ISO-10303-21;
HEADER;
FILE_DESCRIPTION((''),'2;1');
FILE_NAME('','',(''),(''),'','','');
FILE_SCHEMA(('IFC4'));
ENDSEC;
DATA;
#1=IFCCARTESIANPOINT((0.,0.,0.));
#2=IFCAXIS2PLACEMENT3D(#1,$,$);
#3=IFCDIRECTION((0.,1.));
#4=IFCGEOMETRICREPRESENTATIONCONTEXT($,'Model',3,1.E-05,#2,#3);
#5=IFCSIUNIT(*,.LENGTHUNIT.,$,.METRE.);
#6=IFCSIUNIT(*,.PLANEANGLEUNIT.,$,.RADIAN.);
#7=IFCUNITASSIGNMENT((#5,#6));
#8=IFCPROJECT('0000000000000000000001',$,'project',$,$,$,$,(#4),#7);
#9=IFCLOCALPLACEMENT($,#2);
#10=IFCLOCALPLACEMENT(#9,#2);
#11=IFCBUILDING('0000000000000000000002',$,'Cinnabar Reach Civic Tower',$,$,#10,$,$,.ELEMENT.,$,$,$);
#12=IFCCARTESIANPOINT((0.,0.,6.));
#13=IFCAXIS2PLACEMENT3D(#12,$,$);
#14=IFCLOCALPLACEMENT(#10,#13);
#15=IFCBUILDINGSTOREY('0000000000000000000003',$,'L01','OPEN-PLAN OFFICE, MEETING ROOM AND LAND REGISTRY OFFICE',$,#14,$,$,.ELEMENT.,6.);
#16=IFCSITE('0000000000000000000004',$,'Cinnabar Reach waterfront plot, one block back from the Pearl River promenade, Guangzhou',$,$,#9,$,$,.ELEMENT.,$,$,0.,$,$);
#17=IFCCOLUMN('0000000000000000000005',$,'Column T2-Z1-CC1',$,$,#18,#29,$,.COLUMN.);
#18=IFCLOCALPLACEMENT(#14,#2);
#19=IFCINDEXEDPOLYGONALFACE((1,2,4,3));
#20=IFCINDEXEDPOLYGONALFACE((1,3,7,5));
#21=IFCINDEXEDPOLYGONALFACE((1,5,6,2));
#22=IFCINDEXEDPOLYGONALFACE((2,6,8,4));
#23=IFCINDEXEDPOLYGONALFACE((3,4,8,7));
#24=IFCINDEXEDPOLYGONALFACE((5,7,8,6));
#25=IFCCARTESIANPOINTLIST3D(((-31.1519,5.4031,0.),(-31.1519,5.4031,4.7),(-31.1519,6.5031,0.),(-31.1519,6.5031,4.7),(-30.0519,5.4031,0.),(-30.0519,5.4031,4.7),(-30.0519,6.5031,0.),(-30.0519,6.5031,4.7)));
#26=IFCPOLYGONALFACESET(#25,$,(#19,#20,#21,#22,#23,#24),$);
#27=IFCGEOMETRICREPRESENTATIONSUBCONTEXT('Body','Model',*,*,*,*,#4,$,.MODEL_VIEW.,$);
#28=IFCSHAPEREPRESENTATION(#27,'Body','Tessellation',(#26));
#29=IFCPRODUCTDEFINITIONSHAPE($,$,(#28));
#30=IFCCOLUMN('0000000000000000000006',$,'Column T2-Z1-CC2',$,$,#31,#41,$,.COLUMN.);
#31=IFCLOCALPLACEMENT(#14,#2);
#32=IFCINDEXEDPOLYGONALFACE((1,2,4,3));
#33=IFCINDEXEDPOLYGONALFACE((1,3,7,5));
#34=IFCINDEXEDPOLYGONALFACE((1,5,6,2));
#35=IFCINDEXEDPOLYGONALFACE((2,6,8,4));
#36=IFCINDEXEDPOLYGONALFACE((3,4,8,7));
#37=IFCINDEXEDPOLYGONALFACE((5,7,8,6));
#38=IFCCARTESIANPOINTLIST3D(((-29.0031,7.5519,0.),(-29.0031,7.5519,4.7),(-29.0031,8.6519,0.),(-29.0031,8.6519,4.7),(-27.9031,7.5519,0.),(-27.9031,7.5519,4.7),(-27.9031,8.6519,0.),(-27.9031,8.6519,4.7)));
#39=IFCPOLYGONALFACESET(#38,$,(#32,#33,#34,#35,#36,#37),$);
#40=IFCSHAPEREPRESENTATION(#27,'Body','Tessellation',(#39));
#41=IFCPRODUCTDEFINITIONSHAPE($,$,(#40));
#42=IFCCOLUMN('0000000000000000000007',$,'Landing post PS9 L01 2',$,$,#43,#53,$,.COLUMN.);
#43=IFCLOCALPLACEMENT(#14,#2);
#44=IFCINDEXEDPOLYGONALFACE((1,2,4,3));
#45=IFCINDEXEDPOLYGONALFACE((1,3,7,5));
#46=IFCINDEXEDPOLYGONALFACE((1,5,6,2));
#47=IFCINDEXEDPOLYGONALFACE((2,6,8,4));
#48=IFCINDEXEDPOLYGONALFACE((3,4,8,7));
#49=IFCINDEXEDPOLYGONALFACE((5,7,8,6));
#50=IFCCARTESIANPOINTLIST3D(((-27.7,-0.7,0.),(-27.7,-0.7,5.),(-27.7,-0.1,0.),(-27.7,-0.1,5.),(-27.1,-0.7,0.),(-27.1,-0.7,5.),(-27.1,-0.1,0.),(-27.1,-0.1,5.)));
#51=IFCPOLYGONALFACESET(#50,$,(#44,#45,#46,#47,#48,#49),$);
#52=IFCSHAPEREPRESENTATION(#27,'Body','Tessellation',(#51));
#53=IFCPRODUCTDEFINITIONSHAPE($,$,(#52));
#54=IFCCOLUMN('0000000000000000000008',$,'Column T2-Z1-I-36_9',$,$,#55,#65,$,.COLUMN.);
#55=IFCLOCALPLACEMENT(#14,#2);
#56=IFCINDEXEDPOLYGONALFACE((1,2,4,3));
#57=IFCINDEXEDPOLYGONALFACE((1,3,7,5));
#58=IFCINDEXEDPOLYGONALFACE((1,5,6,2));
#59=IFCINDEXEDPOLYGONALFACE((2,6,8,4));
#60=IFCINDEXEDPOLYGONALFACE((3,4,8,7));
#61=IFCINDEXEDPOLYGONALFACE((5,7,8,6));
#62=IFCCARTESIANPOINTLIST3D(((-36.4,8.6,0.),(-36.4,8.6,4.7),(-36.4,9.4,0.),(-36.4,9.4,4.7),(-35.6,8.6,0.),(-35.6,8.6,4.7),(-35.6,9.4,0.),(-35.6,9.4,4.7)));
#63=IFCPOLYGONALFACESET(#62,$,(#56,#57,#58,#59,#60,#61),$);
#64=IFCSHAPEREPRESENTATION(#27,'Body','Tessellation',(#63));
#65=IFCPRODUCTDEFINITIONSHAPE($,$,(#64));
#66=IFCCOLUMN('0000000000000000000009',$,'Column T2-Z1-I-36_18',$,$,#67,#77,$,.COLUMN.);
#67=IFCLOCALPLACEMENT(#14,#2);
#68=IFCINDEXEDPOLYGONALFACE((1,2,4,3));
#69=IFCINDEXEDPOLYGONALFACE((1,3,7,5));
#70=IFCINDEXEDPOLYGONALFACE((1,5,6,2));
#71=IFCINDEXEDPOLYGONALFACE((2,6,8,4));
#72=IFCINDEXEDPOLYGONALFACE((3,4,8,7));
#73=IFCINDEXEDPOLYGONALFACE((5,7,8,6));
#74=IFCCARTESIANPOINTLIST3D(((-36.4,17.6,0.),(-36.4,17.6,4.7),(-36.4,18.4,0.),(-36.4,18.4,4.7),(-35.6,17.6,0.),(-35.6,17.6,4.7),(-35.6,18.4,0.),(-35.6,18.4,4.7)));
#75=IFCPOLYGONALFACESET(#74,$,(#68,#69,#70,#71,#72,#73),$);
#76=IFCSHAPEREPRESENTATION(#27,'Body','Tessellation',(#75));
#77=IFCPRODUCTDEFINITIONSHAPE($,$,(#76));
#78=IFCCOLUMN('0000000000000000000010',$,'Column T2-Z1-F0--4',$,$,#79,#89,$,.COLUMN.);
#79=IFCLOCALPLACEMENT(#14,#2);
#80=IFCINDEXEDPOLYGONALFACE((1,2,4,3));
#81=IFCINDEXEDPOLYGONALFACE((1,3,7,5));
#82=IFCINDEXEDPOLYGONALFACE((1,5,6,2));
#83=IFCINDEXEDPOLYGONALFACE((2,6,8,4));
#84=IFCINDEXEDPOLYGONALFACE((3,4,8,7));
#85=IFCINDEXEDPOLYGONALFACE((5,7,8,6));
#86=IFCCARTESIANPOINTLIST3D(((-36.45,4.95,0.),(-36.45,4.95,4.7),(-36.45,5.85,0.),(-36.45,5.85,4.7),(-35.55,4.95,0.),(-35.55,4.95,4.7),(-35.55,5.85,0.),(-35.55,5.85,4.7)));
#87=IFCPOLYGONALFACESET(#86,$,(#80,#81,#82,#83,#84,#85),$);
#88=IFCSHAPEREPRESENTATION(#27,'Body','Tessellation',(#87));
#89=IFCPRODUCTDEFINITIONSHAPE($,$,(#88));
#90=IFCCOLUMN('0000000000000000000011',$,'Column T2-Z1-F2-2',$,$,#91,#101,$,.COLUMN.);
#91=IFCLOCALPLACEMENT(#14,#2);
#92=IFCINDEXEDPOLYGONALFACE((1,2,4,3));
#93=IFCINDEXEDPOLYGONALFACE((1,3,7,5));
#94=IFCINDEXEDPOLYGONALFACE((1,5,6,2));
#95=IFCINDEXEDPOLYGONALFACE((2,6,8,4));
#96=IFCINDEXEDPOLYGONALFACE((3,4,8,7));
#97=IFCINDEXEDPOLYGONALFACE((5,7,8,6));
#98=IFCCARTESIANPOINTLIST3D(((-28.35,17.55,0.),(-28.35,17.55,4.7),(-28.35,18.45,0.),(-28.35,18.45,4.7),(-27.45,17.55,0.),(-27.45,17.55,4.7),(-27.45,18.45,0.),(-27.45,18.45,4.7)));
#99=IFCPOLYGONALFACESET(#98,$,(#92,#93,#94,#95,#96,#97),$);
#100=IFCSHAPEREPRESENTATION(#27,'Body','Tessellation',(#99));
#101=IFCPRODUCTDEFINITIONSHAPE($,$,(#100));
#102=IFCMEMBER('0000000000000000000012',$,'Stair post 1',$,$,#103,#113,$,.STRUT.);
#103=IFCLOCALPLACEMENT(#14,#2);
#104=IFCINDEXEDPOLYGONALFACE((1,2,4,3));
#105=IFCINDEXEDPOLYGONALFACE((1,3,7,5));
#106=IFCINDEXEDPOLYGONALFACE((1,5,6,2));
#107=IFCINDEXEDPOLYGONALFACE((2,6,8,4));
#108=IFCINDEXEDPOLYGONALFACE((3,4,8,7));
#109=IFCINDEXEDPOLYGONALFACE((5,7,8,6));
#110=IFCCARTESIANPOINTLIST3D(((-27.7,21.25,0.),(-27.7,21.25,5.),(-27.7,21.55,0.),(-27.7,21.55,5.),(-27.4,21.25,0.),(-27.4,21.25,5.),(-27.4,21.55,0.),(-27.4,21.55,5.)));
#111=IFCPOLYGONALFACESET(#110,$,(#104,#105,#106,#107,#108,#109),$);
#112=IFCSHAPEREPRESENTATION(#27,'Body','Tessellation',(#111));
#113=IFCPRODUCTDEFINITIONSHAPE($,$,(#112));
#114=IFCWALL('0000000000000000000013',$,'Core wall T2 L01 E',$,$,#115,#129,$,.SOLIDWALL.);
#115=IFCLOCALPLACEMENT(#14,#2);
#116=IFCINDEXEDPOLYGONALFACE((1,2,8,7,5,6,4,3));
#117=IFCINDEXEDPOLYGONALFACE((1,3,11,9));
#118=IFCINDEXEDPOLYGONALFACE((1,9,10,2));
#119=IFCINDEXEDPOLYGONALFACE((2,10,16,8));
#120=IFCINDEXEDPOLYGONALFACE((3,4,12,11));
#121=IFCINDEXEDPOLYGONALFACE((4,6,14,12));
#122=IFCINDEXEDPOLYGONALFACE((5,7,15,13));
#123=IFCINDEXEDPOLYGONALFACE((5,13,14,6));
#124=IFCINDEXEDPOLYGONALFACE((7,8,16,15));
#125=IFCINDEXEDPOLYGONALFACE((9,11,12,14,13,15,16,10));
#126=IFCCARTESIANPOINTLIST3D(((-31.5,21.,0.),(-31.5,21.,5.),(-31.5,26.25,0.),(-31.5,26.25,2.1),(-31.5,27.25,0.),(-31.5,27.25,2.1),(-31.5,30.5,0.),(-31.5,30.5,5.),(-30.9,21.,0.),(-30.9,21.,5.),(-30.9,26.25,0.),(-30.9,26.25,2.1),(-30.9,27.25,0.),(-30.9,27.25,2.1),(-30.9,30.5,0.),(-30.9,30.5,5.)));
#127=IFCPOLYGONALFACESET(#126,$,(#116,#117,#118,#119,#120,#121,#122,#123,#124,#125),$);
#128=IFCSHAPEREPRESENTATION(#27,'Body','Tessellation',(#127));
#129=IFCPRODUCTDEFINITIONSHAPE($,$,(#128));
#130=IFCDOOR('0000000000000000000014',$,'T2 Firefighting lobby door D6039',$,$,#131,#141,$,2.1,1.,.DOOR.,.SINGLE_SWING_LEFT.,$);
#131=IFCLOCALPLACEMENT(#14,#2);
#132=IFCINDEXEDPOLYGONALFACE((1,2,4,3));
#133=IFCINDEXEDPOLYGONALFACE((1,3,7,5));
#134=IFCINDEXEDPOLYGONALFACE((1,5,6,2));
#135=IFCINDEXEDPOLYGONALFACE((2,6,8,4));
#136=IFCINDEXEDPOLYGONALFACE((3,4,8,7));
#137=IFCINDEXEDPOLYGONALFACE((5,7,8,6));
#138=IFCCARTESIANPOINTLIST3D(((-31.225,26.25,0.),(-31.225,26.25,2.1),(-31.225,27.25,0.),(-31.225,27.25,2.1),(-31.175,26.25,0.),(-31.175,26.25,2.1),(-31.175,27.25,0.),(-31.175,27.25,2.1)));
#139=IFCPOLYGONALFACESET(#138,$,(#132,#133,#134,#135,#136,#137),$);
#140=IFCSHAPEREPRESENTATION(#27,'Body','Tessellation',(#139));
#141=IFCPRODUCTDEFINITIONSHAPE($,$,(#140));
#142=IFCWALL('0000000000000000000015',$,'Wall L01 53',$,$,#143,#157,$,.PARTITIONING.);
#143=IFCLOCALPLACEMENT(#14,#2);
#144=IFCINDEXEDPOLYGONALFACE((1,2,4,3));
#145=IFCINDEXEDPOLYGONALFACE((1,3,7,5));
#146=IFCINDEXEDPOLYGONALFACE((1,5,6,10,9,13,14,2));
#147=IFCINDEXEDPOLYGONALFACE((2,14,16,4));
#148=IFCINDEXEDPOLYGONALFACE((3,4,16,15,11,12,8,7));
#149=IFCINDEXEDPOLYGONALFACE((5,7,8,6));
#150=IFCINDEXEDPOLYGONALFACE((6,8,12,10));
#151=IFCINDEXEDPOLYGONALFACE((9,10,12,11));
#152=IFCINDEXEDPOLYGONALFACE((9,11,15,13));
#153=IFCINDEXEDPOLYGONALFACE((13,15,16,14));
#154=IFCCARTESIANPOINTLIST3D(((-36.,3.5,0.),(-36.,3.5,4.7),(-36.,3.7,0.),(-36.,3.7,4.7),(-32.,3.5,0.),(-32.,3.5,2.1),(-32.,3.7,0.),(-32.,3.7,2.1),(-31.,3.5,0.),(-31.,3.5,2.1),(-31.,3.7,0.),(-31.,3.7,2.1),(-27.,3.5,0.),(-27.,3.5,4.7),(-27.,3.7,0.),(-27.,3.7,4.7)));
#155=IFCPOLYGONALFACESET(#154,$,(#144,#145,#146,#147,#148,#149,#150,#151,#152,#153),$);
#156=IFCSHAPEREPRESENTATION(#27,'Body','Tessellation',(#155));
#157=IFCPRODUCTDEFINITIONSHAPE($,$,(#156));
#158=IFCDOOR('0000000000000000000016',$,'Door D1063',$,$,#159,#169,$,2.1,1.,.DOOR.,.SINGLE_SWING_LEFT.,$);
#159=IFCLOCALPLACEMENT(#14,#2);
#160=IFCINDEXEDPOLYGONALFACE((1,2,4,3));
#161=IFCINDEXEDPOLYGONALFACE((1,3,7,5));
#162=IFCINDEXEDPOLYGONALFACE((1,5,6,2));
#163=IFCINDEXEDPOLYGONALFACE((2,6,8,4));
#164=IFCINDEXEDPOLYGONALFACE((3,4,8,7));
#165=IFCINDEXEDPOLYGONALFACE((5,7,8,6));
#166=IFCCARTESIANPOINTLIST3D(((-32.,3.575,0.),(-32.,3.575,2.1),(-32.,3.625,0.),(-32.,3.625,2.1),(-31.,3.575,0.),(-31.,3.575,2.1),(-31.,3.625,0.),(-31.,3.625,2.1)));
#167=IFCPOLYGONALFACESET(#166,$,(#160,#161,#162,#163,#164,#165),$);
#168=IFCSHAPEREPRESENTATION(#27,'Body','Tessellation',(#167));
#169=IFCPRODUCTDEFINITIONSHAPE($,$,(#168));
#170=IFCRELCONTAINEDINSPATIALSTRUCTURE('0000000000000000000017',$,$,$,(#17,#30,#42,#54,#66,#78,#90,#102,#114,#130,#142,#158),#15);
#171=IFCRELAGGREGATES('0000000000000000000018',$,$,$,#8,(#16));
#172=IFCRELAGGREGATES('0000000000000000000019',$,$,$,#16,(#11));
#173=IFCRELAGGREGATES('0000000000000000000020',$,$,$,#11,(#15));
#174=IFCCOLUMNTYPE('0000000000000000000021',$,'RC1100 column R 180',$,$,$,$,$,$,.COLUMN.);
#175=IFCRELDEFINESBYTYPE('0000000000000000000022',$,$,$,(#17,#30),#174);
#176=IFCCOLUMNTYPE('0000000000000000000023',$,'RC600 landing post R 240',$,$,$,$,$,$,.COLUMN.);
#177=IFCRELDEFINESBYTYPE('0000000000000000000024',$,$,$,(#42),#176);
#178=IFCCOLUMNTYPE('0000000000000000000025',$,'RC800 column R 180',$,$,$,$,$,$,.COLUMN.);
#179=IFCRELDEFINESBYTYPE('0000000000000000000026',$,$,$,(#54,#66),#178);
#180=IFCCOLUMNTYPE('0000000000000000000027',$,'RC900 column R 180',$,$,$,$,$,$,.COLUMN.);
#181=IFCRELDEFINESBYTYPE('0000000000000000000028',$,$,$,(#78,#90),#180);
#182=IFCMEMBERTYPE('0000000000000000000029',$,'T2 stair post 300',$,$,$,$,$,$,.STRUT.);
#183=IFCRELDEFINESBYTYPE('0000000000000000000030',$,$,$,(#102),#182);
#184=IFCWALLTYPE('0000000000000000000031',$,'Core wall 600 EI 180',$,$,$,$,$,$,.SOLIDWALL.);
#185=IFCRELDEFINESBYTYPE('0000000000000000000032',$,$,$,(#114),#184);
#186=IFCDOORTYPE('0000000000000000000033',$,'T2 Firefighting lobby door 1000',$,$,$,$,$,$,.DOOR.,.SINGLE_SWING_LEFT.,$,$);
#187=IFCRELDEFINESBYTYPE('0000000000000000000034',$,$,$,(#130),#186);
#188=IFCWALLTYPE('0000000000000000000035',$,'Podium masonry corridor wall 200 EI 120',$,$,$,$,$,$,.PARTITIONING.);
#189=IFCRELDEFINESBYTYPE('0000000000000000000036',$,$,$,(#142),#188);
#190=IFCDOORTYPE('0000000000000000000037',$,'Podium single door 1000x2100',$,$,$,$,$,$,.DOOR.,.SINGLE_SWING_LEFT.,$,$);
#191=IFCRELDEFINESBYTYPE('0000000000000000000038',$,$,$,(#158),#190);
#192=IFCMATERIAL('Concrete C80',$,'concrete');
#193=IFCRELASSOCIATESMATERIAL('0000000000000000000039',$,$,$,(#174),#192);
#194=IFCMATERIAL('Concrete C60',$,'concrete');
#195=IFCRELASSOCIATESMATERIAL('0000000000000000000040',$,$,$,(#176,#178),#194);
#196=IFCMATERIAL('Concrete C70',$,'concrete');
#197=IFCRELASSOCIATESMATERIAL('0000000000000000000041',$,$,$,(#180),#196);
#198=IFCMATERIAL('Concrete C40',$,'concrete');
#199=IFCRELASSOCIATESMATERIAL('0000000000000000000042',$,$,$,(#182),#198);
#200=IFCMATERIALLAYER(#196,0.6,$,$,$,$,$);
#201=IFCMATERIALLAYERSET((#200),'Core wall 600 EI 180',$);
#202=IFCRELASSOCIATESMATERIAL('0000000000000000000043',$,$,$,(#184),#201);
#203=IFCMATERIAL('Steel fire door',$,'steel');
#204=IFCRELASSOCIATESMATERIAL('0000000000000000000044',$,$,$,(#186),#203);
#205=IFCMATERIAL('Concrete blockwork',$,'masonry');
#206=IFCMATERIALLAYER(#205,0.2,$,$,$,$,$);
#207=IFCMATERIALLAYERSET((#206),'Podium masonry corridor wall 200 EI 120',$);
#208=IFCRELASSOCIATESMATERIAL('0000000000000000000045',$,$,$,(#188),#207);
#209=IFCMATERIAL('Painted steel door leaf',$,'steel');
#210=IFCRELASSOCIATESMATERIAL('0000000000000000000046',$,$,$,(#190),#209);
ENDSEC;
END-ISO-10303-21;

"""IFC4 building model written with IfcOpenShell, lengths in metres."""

from ifc_helpers import new_model, si_unit, direction, frame, frame_2d, origin, origin_2d, place, context, subcontext, project, spatial, rectangle, extrude, material, layer, layer_set, material_profile, profile_set, type_object, element, fill, save


model = new_model("IFC4")

# Units and contexts
model_context = context("Model", 3, precision=1e-05, world=origin(), true_north=direction((0.0, 1.0)))
body_context = subcontext(model_context, "Body", "Model", "MODEL_VIEW")
ifc_project = project(units=[si_unit("LENGTHUNIT", "METRE"), si_unit("PLANEANGLEUNIT", "RADIAN")], contexts=[model_context])

# Site, building, storey
site_placement = place(None, origin())
site = spatial("IfcSite", under=ifc_project, at=site_placement, Name="Cinnabar Reach waterfront plot, one block back from the Pearl River promenade, Guangzhou", CompositionType="ELEMENT", RefElevation=0.0)
building_placement = place(site_placement, origin())
building = spatial("IfcBuilding", under=site, at=building_placement, Name="Cinnabar Reach Civic Tower", CompositionType="ELEMENT")
storey_placement = place(building_placement, frame((0.0, 0.0, 6.0)))
storey = spatial("IfcBuildingStorey", under=building, at=storey_placement, Name="L01", Description="OPEN-PLAN OFFICE, MEETING ROOM AND LAND REGISTRY OFFICE", CompositionType="ELEMENT", Elevation=6.0)

# Columns
ifc_material_1 = material(Name="Concrete C80", Category="concrete")
ifc_material_profile_1 = material_profile(ifc_material_1, rectangle(XDim=1.1, YDim=1.1, at=origin_2d()), Name="RC1100")
ifc_profile_set_1 = profile_set([ifc_material_profile_1], Name="Concrete C80")
column_type_1 = type_object("IfcColumnType", Name="RC1100 column R 180", PredefinedType="COLUMN", material=ifc_profile_set_1)
for number, where, z_axis, x_axis, name in (
    (1, (-30.6019, 5.9531, 0.0), (0.0, 0.0, 1.0), (1.0, 0.0, 0.0), "Column T2-Z1-CC1"),
    (2, (-28.4531, 8.1019, 0.0), (0.0, 0.0, 1.0), (1.0, 0.0, 0.0), "Column T2-Z1-CC2"),
):
    element("IfcColumn", number, at=place(storey_placement, frame(where, z_axis=z_axis, x_axis=x_axis)), inside=storey, type_object=column_type_1, Name=name, PredefinedType="COLUMN", context=body_context, shape_type="SweptSolid", body=[
        extrude(rectangle(XDim=1.1, YDim=1.1, at=origin_2d()), origin(), (0.0, 0.0, 1.0), 4.7),
    ])
ifc_material_2 = material(Name="Concrete C60", Category="concrete")
ifc_material_profile_2 = material_profile(ifc_material_2, rectangle(XDim=0.6, YDim=0.6, at=origin_2d()), Name="RC600")
ifc_profile_set_2 = profile_set([ifc_material_profile_2], Name="Concrete C60")
column_type_2 = type_object("IfcColumnType", Name="RC600 landing post R 240", PredefinedType="COLUMN", material=ifc_profile_set_2)
column_placement = place(storey_placement, frame((-27.4, -0.4, 0.0), z_axis=(0.0, 0.0, 1.0), x_axis=(1.0, 0.0, 0.0)))
element("IfcColumn", 3, at=column_placement, inside=storey, type_object=column_type_2, Name="Landing post PS9 L01 2", PredefinedType="COLUMN", context=body_context, shape_type="SweptSolid", body=[
    extrude(rectangle(XDim=0.6, YDim=0.6, at=origin_2d()), origin(), (0.0, 0.0, 1.0), 5.0),
])
ifc_material_profile_3 = material_profile(ifc_material_2, rectangle(XDim=0.8, YDim=0.8, at=origin_2d()), Name="RC800")
ifc_profile_set_3 = profile_set([ifc_material_profile_3], Name="Concrete C60")
column_type_3 = type_object("IfcColumnType", Name="RC800 column R 180", PredefinedType="COLUMN", material=ifc_profile_set_3)
for number, where, z_axis, x_axis, name in (
    (4, (-36.0, 9.0, 0.0), (0.0, 0.0, 1.0), (1.0, 0.0, 0.0), "Column T2-Z1-I-36_9"),
    (5, (-36.0, 18.0, 0.0), (0.0, 0.0, 1.0), (1.0, 0.0, 0.0), "Column T2-Z1-I-36_18"),
):
    element("IfcColumn", number, at=place(storey_placement, frame(where, z_axis=z_axis, x_axis=x_axis)), inside=storey, type_object=column_type_3, Name=name, PredefinedType="COLUMN", context=body_context, shape_type="SweptSolid", body=[
        extrude(rectangle(XDim=0.8, YDim=0.8, at=origin_2d()), origin(), (0.0, 0.0, 1.0), 4.7),
    ])
ifc_material_3 = material(Name="Concrete C70", Category="concrete")
ifc_material_profile_4 = material_profile(ifc_material_3, rectangle(XDim=0.9, YDim=0.9, at=origin_2d()), Name="RC900")
ifc_profile_set_4 = profile_set([ifc_material_profile_4], Name="Concrete C70")
column_type_4 = type_object("IfcColumnType", Name="RC900 column R 180", PredefinedType="COLUMN", material=ifc_profile_set_4)
for number, where, z_axis, x_axis, name in (
    (6, (-36.0, 5.4, 0.0), (0.0, 0.0, 1.0), (1.0, 0.0, 0.0), "Column T2-Z1-F0--4"),
    (7, (-27.9, 18.0, 0.0), (0.0, 0.0, 1.0), (1.0, 0.0, 0.0), "Column T2-Z1-F2-2"),
):
    element("IfcColumn", number, at=place(storey_placement, frame(where, z_axis=z_axis, x_axis=x_axis)), inside=storey, type_object=column_type_4, Name=name, PredefinedType="COLUMN", context=body_context, shape_type="SweptSolid", body=[
        extrude(rectangle(XDim=0.9, YDim=0.9, at=origin_2d()), origin(), (0.0, 0.0, 1.0), 4.7),
    ])

# Member
ifc_material_4 = material(Name="Concrete C40", Category="concrete")
ifc_material_profile_5 = material_profile(ifc_material_4, rectangle(XDim=0.3, YDim=0.3, at=origin_2d()), Name="C300")
ifc_profile_set_5 = profile_set([ifc_material_profile_5], Name="Concrete C40")
member_type = type_object("IfcMemberType", Name="T2 stair post 300", PredefinedType="STRUT", material=ifc_profile_set_5)
member_placement = place(storey_placement, frame((-27.55, 21.4, 0.0), z_axis=(0.0, 0.0, 1.0), x_axis=(1.0, 0.0, 0.0)))
element("IfcMember", 8, at=member_placement, inside=storey, type_object=member_type, Name="Stair post 1", PredefinedType="STRUT", context=body_context, shape_type="SweptSolid", body=[
    extrude(rectangle(XDim=0.3, YDim=0.3, at=origin_2d()), origin(), (0.0, 0.0, 1.0), 5.0),
])

# Walls, openings, doors
ifc_layer_1 = layer(ifc_material_3, 0.6)
ifc_layer_set_1 = layer_set([ifc_layer_1], Name="Core wall 600 EI 180")
wall_type_1 = type_object("IfcWallType", Name="Core wall 600 EI 180", PredefinedType="SOLIDWALL", material=ifc_layer_set_1)
wall_1_placement = place(storey_placement, frame((-31.2, 21.0, 0.0), z_axis=(0.0, 0.0, 1.0), x_axis=(0.0, 1.0, 0.0)))
wall_1 = element("IfcWall", 9, at=wall_1_placement, inside=storey, type_object=wall_type_1, Name="Core wall T2 L01 E", PredefinedType="SOLIDWALL", context=body_context, shape_type="SweptSolid", body=[
    extrude(rectangle(XDim=9.5, YDim=0.6, at=frame_2d((4.75, 0.0))), origin(), (0.0, 0.0, 1.0), 5.0),
])
opening_1_placement = place(wall_1_placement, frame((5.25, 0.0, 0.0)))
opening_1 = element("IfcOpeningElement", 10, at=opening_1_placement, cuts=wall_1, PredefinedType="OPENING", context=body_context, shape_type="SweptSolid", body=[
    extrude(rectangle(XDim=1.0, YDim=2.1, at=frame_2d((0.5, 1.05))), frame((0.0, 0.31, 0.0), z_axis=(0.0, -1.0, 0.0), x_axis=(1.0, 0.0, 0.0)), (0.0, 0.0, 1.0), 0.62),
])
ifc_material_5 = material(Name="Steel fire door", Category="steel")
door_type_1 = type_object("IfcDoorType", Name="T2 Firefighting lobby door 1000", OperationType="SINGLE_SWING_LEFT", PredefinedType="DOOR", material=ifc_material_5)
door_1_placement = place(opening_1_placement, frame((1.0, 0.0, 0.0), z_axis=(0.0, 0.0, 1.0), x_axis=(-1.0, 0.0, 0.0)))
door_1 = element("IfcDoor", 11, at=door_1_placement, inside=storey, type_object=door_type_1, Name="T2 Firefighting lobby door D6039", OperationType="SINGLE_SWING_LEFT", OverallHeight=2.1, OverallWidth=1.0, PredefinedType="DOOR", context=body_context, shape_type="SweptSolid", body=[
    extrude(rectangle(XDim=1.0, YDim=2.1, at=frame_2d((0.5, 1.05))), frame((0.0, 0.025, 0.0), z_axis=(0.0, -1.0, 0.0), x_axis=(1.0, 0.0, 0.0)), (0.0, 0.0, 1.0), 0.05),
])
fill(opening_1, door_1)
ifc_material_6 = material(Name="Concrete blockwork", Category="masonry")
ifc_layer_2 = layer(ifc_material_6, 0.2)
ifc_layer_set_2 = layer_set([ifc_layer_2], Name="Podium masonry corridor wall 200 EI 120")
wall_type_2 = type_object("IfcWallType", Name="Podium masonry corridor wall 200 EI 120", PredefinedType="PARTITIONING", material=ifc_layer_set_2)
wall_2_placement = place(storey_placement, frame((-36.0, 3.6, 0.0), z_axis=(0.0, 0.0, 1.0), x_axis=(1.0, 0.0, 0.0)))
wall_2 = element("IfcWall", 12, at=wall_2_placement, inside=storey, type_object=wall_type_2, Name="Wall L01 53", PredefinedType="PARTITIONING", context=body_context, shape_type="SweptSolid", body=[
    extrude(rectangle(XDim=9.0, YDim=0.2, at=frame_2d((4.5, 0.0))), origin(), (0.0, 0.0, 1.0), 4.7),
])
opening_2_placement = place(wall_2_placement, frame((4.0, 0.0, 0.0)))
opening_2 = element("IfcOpeningElement", 13, at=opening_2_placement, cuts=wall_2, PredefinedType="OPENING", context=body_context, shape_type="SweptSolid", body=[
    extrude(rectangle(XDim=1.0, YDim=2.1, at=frame_2d((0.5, 1.05))), frame((0.0, 0.11, 0.0), z_axis=(0.0, -1.0, 0.0), x_axis=(1.0, 0.0, 0.0)), (0.0, 0.0, 1.0), 0.22),
])
ifc_material_7 = material(Name="Painted steel door leaf", Category="steel")
door_type_2 = type_object("IfcDoorType", Name="Podium single door 1000x2100", OperationType="SINGLE_SWING_LEFT", PredefinedType="DOOR", material=ifc_material_7)
door_2_placement = place(opening_2_placement, origin())
door_2 = element("IfcDoor", 14, at=door_2_placement, inside=storey, type_object=door_type_2, Name="Door D1063", OperationType="SINGLE_SWING_LEFT", OverallHeight=2.1, OverallWidth=1.0, PredefinedType="DOOR", context=body_context, shape_type="SweptSolid", body=[
    extrude(rectangle(XDim=1.0, YDim=2.1, at=frame_2d((0.5, 1.05))), frame((0.0, 0.025, 0.0), z_axis=(0.0, -1.0, 0.0), x_axis=(1.0, 0.0, 0.0)), (0.0, 0.0, 1.0), 0.05),
])
fill(opening_2, door_2)

save(model, "model.ifc")
